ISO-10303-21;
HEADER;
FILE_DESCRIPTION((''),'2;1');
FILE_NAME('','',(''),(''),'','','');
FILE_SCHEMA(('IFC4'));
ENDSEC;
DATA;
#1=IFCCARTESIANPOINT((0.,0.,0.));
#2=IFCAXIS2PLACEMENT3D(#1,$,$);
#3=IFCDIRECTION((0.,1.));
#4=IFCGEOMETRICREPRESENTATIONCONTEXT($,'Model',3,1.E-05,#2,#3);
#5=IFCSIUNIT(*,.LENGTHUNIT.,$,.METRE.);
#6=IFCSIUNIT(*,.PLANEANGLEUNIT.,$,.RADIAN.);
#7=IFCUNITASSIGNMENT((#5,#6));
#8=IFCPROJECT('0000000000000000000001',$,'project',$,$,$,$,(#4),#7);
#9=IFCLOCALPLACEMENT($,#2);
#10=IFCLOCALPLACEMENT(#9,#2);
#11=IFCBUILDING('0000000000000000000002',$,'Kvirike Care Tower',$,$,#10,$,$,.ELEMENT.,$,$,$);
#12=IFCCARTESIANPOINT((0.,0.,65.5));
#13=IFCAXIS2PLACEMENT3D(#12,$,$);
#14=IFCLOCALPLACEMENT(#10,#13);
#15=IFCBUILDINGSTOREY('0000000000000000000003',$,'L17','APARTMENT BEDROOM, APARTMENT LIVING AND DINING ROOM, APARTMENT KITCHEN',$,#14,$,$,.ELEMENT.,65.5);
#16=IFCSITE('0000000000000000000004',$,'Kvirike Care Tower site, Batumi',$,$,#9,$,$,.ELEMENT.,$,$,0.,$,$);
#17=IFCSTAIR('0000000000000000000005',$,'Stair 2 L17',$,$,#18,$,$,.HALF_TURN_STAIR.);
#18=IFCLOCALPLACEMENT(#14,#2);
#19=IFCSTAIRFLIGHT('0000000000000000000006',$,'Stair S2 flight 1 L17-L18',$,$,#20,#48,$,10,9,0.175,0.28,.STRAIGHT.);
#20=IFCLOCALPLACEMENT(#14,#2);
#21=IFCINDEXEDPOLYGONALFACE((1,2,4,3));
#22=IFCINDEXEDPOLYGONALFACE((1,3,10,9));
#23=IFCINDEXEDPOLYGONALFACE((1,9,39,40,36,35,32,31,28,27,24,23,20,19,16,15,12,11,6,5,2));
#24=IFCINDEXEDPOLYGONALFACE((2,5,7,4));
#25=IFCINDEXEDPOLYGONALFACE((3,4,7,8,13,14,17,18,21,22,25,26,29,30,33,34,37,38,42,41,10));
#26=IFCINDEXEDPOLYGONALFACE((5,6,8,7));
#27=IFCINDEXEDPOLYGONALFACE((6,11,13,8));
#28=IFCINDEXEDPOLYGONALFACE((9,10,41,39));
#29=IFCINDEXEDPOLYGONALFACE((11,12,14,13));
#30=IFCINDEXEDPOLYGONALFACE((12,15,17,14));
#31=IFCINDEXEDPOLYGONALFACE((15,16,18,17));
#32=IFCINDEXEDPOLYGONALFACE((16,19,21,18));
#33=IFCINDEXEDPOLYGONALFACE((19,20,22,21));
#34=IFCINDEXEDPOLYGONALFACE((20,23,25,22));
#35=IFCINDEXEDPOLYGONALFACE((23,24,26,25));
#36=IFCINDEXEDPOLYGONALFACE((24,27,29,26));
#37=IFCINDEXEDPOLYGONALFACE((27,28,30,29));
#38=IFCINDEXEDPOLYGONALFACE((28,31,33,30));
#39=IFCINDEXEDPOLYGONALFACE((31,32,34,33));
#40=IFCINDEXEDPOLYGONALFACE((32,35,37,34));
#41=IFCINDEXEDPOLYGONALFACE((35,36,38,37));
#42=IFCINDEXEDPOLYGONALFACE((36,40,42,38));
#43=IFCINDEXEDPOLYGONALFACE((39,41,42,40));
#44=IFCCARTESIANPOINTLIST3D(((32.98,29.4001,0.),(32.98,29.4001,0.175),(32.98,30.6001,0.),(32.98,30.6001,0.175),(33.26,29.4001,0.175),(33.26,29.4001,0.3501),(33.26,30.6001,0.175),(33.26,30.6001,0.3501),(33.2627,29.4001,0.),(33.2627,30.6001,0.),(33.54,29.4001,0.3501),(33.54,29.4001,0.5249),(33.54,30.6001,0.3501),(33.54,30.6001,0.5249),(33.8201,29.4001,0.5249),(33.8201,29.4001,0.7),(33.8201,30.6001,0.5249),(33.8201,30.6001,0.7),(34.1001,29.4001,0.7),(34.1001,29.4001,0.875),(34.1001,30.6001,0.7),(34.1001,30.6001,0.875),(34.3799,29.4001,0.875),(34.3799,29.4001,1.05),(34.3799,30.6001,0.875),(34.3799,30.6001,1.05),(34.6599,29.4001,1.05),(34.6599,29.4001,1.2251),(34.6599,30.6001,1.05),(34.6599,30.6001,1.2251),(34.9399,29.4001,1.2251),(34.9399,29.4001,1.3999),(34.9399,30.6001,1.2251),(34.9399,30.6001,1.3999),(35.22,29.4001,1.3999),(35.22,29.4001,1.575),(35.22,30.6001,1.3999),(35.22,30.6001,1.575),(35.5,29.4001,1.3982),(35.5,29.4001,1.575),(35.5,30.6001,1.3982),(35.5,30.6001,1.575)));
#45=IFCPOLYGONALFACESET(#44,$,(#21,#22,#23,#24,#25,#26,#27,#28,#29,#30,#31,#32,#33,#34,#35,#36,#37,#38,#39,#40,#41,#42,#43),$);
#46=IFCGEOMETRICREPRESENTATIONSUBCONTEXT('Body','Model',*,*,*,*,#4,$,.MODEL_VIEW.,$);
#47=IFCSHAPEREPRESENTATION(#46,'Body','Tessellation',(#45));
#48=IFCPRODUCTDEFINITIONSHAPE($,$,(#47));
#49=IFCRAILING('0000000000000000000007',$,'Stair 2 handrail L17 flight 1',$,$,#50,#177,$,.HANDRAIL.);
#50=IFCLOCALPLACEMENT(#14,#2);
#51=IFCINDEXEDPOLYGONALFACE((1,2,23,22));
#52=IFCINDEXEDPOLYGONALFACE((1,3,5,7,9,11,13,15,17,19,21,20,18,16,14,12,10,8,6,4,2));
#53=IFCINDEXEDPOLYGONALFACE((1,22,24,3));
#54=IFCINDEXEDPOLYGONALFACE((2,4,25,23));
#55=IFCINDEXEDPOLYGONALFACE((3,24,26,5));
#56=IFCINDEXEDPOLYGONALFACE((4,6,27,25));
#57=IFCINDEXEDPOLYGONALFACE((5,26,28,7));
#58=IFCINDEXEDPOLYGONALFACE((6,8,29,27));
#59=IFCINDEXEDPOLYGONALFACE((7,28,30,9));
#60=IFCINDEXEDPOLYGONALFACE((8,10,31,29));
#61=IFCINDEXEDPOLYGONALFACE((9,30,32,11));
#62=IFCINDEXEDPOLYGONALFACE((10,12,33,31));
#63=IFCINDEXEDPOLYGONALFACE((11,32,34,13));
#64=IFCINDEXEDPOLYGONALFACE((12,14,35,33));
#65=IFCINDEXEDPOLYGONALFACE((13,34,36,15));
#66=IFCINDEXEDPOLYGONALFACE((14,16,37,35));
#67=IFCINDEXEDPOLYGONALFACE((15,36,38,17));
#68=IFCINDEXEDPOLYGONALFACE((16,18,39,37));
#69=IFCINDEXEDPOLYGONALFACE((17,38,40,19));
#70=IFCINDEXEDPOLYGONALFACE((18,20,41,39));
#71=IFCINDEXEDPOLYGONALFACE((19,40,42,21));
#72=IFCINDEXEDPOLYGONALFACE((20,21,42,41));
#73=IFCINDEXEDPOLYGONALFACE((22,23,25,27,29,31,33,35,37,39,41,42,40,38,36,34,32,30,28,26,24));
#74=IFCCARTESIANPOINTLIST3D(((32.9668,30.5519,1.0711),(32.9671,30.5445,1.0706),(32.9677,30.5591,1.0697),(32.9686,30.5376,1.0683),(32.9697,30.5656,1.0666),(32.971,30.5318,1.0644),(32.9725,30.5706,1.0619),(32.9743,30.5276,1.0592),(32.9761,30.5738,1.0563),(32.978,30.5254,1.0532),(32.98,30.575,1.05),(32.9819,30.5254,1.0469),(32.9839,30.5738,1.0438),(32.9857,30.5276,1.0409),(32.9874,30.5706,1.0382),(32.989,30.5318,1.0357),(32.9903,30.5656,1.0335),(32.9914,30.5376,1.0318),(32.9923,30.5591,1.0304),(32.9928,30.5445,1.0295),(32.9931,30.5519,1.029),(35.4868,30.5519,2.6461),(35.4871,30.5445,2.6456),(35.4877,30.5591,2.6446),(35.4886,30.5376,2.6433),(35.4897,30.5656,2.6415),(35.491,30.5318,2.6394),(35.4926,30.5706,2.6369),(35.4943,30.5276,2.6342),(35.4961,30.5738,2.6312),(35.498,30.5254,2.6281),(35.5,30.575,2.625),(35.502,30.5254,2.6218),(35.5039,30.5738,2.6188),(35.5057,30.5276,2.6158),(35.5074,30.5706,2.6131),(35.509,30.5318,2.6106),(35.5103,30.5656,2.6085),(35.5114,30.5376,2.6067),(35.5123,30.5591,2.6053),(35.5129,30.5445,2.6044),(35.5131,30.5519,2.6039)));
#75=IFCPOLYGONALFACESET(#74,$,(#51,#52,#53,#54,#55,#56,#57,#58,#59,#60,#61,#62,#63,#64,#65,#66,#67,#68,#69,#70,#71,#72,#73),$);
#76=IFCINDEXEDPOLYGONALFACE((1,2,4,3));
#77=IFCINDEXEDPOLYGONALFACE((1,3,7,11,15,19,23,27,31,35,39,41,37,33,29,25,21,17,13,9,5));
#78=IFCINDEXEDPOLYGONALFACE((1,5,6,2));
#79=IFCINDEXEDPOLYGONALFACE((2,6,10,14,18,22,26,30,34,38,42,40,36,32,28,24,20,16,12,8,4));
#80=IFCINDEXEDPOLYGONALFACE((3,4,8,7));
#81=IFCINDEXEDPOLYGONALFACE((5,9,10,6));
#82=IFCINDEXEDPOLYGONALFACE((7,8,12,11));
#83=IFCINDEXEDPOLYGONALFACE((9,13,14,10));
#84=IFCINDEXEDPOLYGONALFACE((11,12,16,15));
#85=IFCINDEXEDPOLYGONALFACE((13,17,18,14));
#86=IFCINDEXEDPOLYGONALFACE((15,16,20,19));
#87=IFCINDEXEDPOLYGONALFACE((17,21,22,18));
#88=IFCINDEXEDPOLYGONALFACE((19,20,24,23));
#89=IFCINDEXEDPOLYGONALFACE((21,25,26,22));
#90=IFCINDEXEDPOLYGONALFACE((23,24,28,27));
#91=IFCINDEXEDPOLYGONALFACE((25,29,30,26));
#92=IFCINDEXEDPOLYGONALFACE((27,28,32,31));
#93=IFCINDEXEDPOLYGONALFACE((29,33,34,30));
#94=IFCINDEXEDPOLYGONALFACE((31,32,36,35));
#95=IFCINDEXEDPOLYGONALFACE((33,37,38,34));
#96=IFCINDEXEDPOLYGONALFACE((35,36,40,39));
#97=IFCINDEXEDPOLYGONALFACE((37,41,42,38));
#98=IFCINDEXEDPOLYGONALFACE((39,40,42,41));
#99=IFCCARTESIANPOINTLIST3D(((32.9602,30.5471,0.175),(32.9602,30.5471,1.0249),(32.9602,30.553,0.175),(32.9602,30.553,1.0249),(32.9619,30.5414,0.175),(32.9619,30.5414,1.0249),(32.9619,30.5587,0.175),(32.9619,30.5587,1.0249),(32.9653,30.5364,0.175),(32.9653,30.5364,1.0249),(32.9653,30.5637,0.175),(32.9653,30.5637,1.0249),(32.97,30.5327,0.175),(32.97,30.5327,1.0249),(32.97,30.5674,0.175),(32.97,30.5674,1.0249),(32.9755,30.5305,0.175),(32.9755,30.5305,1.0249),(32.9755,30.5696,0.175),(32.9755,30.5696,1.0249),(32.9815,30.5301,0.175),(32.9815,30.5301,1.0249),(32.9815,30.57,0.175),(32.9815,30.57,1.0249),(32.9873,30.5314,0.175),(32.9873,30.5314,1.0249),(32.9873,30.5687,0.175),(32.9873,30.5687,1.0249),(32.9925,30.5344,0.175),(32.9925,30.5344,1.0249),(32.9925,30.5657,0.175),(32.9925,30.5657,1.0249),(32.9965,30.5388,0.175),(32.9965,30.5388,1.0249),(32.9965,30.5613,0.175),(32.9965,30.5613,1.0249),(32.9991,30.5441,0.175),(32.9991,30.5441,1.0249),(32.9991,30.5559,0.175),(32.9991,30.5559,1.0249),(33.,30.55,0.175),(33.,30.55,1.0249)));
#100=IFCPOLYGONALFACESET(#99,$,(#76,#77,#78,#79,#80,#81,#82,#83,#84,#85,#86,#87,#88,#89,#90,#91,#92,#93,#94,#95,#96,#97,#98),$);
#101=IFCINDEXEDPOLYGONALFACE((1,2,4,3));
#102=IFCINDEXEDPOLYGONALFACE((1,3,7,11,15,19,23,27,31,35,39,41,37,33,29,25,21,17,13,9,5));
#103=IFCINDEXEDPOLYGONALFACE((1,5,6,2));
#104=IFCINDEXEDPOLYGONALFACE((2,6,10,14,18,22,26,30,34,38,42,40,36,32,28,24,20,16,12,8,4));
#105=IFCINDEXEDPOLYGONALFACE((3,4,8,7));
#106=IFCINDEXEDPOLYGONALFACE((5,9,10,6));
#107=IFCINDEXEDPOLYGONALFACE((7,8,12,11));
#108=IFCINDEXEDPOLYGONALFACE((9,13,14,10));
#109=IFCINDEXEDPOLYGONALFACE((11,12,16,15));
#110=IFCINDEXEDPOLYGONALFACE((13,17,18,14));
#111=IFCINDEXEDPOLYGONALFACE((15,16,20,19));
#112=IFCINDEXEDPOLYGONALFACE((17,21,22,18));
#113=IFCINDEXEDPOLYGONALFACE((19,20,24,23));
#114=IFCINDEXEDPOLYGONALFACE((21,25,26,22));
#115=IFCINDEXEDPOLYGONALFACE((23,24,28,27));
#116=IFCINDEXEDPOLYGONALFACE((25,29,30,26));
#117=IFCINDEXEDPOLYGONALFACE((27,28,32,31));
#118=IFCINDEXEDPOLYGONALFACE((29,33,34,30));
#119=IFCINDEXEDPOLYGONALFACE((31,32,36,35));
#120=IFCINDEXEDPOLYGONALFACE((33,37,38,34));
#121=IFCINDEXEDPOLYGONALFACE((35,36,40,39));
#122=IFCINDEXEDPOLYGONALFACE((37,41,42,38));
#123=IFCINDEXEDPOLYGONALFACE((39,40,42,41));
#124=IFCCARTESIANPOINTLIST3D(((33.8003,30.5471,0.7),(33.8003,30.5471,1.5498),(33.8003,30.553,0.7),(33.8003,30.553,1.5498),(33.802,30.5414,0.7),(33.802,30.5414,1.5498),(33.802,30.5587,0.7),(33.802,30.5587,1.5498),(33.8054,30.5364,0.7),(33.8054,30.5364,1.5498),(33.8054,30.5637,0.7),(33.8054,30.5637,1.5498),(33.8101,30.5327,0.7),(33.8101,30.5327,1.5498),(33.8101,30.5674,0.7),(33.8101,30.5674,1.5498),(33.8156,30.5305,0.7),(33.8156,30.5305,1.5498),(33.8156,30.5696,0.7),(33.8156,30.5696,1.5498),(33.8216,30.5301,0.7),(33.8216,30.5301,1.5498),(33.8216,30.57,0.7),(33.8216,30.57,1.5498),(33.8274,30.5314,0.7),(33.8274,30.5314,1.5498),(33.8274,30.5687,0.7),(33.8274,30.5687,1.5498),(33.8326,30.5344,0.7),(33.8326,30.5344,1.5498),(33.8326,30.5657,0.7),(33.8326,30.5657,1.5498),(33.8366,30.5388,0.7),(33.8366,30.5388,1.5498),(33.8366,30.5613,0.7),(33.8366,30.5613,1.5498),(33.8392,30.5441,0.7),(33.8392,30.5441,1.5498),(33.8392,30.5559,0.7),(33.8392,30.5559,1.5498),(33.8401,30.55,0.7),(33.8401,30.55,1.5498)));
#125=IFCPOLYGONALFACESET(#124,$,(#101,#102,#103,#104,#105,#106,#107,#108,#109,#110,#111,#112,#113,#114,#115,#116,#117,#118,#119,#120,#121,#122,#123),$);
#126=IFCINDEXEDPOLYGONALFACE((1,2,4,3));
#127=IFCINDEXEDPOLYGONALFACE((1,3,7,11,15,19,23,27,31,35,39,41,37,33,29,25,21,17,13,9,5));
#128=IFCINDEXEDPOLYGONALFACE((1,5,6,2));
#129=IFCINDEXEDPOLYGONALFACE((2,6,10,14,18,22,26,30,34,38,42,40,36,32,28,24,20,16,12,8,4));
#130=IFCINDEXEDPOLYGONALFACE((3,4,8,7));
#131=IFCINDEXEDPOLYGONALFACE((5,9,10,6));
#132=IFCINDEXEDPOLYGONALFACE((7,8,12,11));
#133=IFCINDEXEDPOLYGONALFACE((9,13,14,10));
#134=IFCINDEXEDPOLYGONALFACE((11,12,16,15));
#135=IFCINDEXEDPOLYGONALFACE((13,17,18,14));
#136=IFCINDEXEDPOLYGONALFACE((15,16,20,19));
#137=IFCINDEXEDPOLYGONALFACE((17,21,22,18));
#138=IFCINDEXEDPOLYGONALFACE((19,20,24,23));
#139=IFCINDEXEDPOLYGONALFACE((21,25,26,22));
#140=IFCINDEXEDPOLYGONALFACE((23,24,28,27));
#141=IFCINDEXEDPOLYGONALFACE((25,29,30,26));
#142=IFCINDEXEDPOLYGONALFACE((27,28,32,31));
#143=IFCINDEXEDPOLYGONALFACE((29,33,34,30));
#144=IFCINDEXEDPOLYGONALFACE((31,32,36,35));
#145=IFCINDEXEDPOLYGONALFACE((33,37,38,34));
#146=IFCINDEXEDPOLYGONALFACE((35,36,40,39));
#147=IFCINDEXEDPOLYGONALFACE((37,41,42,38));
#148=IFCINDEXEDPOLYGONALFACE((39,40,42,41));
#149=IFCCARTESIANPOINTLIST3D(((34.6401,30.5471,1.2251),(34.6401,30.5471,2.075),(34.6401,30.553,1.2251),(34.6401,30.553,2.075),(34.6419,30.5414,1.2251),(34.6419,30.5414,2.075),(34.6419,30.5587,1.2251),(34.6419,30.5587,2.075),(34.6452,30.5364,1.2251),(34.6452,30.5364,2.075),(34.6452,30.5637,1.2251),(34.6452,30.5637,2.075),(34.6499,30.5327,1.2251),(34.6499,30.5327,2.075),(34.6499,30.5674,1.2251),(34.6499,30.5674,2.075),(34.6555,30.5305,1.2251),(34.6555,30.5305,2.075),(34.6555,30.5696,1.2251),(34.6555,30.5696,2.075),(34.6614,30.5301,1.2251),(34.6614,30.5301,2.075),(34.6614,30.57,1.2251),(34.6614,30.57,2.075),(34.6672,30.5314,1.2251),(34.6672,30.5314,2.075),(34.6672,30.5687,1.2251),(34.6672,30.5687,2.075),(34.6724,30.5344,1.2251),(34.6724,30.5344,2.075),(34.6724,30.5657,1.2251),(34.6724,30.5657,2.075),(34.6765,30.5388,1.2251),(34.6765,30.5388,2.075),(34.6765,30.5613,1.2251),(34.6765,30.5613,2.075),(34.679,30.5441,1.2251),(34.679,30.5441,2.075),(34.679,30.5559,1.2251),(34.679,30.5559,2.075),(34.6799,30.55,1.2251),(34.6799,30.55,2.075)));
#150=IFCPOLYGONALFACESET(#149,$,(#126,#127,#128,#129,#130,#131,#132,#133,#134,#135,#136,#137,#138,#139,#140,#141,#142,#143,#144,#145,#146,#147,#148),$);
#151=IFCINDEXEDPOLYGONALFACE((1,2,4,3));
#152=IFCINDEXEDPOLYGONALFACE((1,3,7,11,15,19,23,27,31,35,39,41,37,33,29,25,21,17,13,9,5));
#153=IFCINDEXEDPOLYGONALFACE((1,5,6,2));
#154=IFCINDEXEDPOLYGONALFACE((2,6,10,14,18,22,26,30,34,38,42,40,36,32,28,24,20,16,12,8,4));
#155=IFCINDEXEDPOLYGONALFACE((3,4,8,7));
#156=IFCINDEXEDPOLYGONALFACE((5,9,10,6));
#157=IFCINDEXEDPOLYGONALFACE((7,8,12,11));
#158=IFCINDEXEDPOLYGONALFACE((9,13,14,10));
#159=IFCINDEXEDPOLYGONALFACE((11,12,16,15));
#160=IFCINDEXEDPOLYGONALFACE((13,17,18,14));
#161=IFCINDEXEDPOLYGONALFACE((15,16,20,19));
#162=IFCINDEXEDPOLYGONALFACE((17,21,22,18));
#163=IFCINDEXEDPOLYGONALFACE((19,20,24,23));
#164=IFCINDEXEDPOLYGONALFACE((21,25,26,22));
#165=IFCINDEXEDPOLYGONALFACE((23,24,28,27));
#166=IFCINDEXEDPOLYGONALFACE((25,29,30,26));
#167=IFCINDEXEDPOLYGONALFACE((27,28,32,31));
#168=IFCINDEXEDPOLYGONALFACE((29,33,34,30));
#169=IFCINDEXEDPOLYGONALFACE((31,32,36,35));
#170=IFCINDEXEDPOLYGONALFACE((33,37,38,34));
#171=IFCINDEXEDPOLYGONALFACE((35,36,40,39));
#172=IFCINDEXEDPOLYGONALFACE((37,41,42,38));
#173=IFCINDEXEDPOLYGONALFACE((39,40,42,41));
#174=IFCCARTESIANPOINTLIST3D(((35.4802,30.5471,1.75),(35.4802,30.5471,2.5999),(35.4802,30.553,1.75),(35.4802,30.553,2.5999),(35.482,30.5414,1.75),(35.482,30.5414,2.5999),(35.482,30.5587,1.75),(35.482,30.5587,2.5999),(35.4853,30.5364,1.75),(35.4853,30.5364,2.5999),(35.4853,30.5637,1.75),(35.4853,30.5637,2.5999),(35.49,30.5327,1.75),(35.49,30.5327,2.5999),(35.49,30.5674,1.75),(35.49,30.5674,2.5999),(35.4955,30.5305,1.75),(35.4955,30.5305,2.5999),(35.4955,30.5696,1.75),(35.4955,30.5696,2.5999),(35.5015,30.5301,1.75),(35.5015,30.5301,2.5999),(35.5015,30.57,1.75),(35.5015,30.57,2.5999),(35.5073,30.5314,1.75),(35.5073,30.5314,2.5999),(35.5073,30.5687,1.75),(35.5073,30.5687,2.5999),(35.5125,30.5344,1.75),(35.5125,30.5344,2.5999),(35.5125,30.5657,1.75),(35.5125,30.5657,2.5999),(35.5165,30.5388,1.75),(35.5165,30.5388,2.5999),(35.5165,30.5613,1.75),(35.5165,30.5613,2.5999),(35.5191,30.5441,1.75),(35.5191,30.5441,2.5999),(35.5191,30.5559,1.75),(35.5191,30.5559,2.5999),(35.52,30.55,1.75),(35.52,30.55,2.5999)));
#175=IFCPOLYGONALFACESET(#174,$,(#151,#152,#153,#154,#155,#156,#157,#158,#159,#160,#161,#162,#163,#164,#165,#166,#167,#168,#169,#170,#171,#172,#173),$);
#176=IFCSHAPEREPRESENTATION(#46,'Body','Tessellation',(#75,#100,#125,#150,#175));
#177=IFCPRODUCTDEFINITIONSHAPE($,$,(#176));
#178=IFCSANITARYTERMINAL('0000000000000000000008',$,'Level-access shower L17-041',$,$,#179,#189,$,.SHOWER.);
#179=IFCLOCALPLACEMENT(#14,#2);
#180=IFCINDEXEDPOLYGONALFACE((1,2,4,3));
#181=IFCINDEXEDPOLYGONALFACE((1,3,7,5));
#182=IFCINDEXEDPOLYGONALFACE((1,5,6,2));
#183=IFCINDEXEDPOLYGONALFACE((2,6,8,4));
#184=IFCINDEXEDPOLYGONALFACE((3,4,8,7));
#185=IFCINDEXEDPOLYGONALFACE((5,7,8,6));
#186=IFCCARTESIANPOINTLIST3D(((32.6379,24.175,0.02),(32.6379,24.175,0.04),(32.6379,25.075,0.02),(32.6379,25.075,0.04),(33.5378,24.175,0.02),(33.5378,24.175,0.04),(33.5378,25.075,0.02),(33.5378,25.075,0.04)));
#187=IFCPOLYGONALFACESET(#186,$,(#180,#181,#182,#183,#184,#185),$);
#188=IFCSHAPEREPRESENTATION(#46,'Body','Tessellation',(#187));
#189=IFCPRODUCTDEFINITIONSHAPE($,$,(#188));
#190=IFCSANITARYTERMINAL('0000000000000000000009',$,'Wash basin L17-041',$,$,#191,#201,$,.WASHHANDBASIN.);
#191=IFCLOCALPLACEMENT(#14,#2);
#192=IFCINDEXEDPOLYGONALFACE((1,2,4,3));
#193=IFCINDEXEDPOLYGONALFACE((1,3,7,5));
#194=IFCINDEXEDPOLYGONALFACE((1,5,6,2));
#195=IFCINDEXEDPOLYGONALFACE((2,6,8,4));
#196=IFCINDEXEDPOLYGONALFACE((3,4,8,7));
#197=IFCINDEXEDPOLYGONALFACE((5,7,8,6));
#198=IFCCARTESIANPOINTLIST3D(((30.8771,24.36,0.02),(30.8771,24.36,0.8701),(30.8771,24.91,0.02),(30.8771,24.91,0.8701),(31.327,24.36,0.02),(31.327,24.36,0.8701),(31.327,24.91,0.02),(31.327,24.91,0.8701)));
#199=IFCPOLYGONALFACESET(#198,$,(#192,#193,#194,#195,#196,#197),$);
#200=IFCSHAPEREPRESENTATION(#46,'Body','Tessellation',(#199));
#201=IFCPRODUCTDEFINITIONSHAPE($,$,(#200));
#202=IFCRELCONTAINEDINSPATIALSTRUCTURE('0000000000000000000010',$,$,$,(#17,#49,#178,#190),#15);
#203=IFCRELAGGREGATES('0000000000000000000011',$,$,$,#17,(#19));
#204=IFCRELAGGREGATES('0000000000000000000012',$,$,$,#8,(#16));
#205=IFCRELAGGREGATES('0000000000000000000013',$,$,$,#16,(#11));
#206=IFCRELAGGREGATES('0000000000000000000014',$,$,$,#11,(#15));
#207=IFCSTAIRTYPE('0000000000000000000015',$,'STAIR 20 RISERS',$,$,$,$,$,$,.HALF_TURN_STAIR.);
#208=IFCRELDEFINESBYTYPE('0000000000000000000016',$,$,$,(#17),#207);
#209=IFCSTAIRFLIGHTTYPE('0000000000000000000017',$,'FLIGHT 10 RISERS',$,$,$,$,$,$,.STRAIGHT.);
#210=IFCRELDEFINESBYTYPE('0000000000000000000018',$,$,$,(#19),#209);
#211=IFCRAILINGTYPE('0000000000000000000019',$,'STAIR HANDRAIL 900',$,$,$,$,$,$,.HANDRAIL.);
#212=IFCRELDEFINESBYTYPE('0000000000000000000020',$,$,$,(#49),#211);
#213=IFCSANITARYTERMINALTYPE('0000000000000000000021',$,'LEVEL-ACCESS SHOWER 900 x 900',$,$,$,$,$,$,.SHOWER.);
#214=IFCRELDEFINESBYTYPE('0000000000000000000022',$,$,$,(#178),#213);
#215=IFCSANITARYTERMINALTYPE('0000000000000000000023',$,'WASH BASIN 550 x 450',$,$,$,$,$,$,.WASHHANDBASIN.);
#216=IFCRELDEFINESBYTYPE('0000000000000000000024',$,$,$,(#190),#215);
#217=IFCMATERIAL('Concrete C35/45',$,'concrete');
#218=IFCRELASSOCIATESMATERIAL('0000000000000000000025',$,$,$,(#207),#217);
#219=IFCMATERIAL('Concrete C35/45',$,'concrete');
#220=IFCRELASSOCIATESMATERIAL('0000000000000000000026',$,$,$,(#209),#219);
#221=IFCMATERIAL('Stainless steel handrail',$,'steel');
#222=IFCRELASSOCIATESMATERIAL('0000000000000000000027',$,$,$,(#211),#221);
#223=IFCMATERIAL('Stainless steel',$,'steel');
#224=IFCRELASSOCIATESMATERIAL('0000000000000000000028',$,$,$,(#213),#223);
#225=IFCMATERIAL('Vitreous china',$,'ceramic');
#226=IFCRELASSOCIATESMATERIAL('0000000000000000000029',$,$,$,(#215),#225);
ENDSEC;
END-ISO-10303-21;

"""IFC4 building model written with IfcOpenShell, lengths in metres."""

from ifc_helpers import new_model, si_unit, direction, frame, origin, origin_2d, place, context, subcontext, project, spatial, polyline, rectangle, circle, outline, extrude, material, type_object, element, aggregate, save


model = new_model("IFC4")

# Units and contexts
model_context = context("Model", 3, precision=1e-05, world=origin(), true_north=direction((0.0, 1.0)))
body_context = subcontext(model_context, "Body", "Model", "MODEL_VIEW")
ifc_project = project(units=[si_unit("LENGTHUNIT", "METRE"), si_unit("PLANEANGLEUNIT", "RADIAN")], contexts=[model_context])

# Site, building, storey
site_placement = place(None, origin())
site = spatial("IfcSite", under=ifc_project, at=site_placement, Name="Kvirike Care Tower site, Batumi", CompositionType="ELEMENT", RefElevation=0.0)
building_placement = place(site_placement, origin())
building = spatial("IfcBuilding", under=site, at=building_placement, Name="Kvirike Care Tower", CompositionType="ELEMENT")
storey_placement = place(building_placement, frame((0.0, 0.0, 65.5)))
storey = spatial("IfcBuildingStorey", under=building, at=storey_placement, Name="L17", Description="APARTMENT BEDROOM, APARTMENT LIVING AND DINING ROOM, APARTMENT KITCHEN", CompositionType="ELEMENT", Elevation=65.5)

# Stair, stair flight
ifc_material_1 = material(Name="Concrete C35/45", Category="concrete")
stair_type = type_object("IfcStairType", Name="STAIR 20 RISERS", PredefinedType="HALF_TURN_STAIR", material=ifc_material_1)
stair_placement = place(storey_placement, origin())
stair = element("IfcStair", 1, at=stair_placement, inside=storey, type_object=stair_type, Name="Stair 2 L17", PredefinedType="HALF_TURN_STAIR")
ifc_material_2 = material(Name="Concrete C35/45", Category="concrete")
stair_flight_type = type_object("IfcStairFlightType", Name="FLIGHT 10 RISERS", PredefinedType="STRAIGHT", material=ifc_material_2)
stair_flight_placement = place(storey_placement, frame((32.98, 30.0, 0.0), z_axis=(0.0, 0.0, 1.0), x_axis=(1.0, 0.0, 0.0)))
stair_flight = element("IfcStairFlight", 2, at=stair_flight_placement, type_object=stair_flight_type, Name="Stair S2 flight 1 L17-L18", NumberOfRisers=10, NumberOfTreads=9, PredefinedType="STRAIGHT", RiserHeight=0.175, TreadLength=0.28, context=body_context, shape_type="SweptSolid", body=[
    extrude(outline(polyline([(0.0, 0.0), (0.0, 0.175), (0.28, 0.175), (0.28, 0.3501), (0.5601, 0.3501), (0.5601, 0.5249), (0.8401, 0.5249), (0.8401, 0.7), (1.1201, 0.7), (1.1201, 0.875), (1.3999, 0.875), (1.3999, 1.05), (1.6799, 1.05), (1.6799, 1.2251), (1.96, 1.2251), (1.96, 1.3999), (2.24, 1.3999), (2.24, 1.575), (2.52, 1.575), (2.52, 1.75), (2.52, 1.3982), (0.2827, 0.0), (0.0, 0.0)])), frame((0.0, 0.6001, 0.0), z_axis=(0.0, -1.0, 0.0), x_axis=(1.0, 0.0, 0.0)), (0.0, 0.0, 1.0), 1.2),
])
aggregate(stair, [stair_flight])

# Railing
ifc_material_3 = material(Name="Stainless steel handrail", Category="steel")
railing_type = type_object("IfcRailingType", Name="STAIR HANDRAIL 900", PredefinedType="HANDRAIL", material=ifc_material_3)
railing_placement = place(storey_placement, frame((32.98, 30.55, 0.175)))
element("IfcRailing", 3, at=railing_placement, inside=storey, type_object=railing_type, Name="Stair 2 handrail L17 flight 1", PredefinedType="HANDRAIL", context=body_context, shape_type="SweptSolid", body=[
    extrude(circle(Radius=0.0249, at=origin_2d()), frame((0.0, 0.0, 0.875), z_axis=(0.848008, 0.0, 0.529984), x_axis=(0.0, 1.0, 0.0)), (0.0, 0.0, 1.0), 2.9717),
    extrude(circle(Radius=0.02, at=origin_2d()), origin(), (0.0, 0.0, 1.0), 0.8499),
    extrude(circle(Radius=0.02, at=origin_2d()), frame((0.8401, 0.0, 0.5249)), (0.0, 0.0, 1.0), 0.8499),
    extrude(circle(Radius=0.02, at=origin_2d()), frame((1.6799, 0.0, 1.05)), (0.0, 0.0, 1.0), 0.8499),
    extrude(circle(Radius=0.02, at=origin_2d()), frame((2.52, 0.0, 1.575)), (0.0, 0.0, 1.0), 0.8499),
])

# Sanitary terminals
ifc_material_4 = material(Name="Stainless steel", Category="steel")
sanitary_terminal_type_1 = type_object("IfcSanitaryTerminalType", Name="LEVEL-ACCESS SHOWER 900 x 900", PredefinedType="SHOWER", material=ifc_material_4)
sanitary_terminal_1_placement = place(storey_placement, frame((33.0879, 24.625, 0.02), z_axis=(0.0, 0.0, 1.0), x_axis=(0.0, -1.0, 0.0)))
element("IfcSanitaryTerminal", 4, at=sanitary_terminal_1_placement, inside=storey, type_object=sanitary_terminal_type_1, Name="Level-access shower L17-041", PredefinedType="SHOWER", context=body_context, shape_type="SweptSolid", body=[
    extrude(rectangle(XDim=0.8999, YDim=0.8999, at=origin_2d()), origin(), (0.0, 0.0, 1.0), 0.02),
])
ifc_material_5 = material(Name="Vitreous china", Category="ceramic")
sanitary_terminal_type_2 = type_object("IfcSanitaryTerminalType", Name="WASH BASIN 550 x 450", PredefinedType="WASHHANDBASIN", material=ifc_material_5)
sanitary_terminal_2_placement = place(storey_placement, frame((31.1021, 24.635, 0.02), z_axis=(0.0, 0.0, 1.0), x_axis=(0.0, 1.0, 0.0)))
element("IfcSanitaryTerminal", 5, at=sanitary_terminal_2_placement, inside=storey, type_object=sanitary_terminal_type_2, Name="Wash basin L17-041", PredefinedType="WASHHANDBASIN", context=body_context, shape_type="SweptSolid", body=[
    extrude(rectangle(XDim=0.55, YDim=0.45, at=origin_2d()), origin(), (0.0, 0.0, 1.0), 0.8501),
])

save(model, "model.ifc")
